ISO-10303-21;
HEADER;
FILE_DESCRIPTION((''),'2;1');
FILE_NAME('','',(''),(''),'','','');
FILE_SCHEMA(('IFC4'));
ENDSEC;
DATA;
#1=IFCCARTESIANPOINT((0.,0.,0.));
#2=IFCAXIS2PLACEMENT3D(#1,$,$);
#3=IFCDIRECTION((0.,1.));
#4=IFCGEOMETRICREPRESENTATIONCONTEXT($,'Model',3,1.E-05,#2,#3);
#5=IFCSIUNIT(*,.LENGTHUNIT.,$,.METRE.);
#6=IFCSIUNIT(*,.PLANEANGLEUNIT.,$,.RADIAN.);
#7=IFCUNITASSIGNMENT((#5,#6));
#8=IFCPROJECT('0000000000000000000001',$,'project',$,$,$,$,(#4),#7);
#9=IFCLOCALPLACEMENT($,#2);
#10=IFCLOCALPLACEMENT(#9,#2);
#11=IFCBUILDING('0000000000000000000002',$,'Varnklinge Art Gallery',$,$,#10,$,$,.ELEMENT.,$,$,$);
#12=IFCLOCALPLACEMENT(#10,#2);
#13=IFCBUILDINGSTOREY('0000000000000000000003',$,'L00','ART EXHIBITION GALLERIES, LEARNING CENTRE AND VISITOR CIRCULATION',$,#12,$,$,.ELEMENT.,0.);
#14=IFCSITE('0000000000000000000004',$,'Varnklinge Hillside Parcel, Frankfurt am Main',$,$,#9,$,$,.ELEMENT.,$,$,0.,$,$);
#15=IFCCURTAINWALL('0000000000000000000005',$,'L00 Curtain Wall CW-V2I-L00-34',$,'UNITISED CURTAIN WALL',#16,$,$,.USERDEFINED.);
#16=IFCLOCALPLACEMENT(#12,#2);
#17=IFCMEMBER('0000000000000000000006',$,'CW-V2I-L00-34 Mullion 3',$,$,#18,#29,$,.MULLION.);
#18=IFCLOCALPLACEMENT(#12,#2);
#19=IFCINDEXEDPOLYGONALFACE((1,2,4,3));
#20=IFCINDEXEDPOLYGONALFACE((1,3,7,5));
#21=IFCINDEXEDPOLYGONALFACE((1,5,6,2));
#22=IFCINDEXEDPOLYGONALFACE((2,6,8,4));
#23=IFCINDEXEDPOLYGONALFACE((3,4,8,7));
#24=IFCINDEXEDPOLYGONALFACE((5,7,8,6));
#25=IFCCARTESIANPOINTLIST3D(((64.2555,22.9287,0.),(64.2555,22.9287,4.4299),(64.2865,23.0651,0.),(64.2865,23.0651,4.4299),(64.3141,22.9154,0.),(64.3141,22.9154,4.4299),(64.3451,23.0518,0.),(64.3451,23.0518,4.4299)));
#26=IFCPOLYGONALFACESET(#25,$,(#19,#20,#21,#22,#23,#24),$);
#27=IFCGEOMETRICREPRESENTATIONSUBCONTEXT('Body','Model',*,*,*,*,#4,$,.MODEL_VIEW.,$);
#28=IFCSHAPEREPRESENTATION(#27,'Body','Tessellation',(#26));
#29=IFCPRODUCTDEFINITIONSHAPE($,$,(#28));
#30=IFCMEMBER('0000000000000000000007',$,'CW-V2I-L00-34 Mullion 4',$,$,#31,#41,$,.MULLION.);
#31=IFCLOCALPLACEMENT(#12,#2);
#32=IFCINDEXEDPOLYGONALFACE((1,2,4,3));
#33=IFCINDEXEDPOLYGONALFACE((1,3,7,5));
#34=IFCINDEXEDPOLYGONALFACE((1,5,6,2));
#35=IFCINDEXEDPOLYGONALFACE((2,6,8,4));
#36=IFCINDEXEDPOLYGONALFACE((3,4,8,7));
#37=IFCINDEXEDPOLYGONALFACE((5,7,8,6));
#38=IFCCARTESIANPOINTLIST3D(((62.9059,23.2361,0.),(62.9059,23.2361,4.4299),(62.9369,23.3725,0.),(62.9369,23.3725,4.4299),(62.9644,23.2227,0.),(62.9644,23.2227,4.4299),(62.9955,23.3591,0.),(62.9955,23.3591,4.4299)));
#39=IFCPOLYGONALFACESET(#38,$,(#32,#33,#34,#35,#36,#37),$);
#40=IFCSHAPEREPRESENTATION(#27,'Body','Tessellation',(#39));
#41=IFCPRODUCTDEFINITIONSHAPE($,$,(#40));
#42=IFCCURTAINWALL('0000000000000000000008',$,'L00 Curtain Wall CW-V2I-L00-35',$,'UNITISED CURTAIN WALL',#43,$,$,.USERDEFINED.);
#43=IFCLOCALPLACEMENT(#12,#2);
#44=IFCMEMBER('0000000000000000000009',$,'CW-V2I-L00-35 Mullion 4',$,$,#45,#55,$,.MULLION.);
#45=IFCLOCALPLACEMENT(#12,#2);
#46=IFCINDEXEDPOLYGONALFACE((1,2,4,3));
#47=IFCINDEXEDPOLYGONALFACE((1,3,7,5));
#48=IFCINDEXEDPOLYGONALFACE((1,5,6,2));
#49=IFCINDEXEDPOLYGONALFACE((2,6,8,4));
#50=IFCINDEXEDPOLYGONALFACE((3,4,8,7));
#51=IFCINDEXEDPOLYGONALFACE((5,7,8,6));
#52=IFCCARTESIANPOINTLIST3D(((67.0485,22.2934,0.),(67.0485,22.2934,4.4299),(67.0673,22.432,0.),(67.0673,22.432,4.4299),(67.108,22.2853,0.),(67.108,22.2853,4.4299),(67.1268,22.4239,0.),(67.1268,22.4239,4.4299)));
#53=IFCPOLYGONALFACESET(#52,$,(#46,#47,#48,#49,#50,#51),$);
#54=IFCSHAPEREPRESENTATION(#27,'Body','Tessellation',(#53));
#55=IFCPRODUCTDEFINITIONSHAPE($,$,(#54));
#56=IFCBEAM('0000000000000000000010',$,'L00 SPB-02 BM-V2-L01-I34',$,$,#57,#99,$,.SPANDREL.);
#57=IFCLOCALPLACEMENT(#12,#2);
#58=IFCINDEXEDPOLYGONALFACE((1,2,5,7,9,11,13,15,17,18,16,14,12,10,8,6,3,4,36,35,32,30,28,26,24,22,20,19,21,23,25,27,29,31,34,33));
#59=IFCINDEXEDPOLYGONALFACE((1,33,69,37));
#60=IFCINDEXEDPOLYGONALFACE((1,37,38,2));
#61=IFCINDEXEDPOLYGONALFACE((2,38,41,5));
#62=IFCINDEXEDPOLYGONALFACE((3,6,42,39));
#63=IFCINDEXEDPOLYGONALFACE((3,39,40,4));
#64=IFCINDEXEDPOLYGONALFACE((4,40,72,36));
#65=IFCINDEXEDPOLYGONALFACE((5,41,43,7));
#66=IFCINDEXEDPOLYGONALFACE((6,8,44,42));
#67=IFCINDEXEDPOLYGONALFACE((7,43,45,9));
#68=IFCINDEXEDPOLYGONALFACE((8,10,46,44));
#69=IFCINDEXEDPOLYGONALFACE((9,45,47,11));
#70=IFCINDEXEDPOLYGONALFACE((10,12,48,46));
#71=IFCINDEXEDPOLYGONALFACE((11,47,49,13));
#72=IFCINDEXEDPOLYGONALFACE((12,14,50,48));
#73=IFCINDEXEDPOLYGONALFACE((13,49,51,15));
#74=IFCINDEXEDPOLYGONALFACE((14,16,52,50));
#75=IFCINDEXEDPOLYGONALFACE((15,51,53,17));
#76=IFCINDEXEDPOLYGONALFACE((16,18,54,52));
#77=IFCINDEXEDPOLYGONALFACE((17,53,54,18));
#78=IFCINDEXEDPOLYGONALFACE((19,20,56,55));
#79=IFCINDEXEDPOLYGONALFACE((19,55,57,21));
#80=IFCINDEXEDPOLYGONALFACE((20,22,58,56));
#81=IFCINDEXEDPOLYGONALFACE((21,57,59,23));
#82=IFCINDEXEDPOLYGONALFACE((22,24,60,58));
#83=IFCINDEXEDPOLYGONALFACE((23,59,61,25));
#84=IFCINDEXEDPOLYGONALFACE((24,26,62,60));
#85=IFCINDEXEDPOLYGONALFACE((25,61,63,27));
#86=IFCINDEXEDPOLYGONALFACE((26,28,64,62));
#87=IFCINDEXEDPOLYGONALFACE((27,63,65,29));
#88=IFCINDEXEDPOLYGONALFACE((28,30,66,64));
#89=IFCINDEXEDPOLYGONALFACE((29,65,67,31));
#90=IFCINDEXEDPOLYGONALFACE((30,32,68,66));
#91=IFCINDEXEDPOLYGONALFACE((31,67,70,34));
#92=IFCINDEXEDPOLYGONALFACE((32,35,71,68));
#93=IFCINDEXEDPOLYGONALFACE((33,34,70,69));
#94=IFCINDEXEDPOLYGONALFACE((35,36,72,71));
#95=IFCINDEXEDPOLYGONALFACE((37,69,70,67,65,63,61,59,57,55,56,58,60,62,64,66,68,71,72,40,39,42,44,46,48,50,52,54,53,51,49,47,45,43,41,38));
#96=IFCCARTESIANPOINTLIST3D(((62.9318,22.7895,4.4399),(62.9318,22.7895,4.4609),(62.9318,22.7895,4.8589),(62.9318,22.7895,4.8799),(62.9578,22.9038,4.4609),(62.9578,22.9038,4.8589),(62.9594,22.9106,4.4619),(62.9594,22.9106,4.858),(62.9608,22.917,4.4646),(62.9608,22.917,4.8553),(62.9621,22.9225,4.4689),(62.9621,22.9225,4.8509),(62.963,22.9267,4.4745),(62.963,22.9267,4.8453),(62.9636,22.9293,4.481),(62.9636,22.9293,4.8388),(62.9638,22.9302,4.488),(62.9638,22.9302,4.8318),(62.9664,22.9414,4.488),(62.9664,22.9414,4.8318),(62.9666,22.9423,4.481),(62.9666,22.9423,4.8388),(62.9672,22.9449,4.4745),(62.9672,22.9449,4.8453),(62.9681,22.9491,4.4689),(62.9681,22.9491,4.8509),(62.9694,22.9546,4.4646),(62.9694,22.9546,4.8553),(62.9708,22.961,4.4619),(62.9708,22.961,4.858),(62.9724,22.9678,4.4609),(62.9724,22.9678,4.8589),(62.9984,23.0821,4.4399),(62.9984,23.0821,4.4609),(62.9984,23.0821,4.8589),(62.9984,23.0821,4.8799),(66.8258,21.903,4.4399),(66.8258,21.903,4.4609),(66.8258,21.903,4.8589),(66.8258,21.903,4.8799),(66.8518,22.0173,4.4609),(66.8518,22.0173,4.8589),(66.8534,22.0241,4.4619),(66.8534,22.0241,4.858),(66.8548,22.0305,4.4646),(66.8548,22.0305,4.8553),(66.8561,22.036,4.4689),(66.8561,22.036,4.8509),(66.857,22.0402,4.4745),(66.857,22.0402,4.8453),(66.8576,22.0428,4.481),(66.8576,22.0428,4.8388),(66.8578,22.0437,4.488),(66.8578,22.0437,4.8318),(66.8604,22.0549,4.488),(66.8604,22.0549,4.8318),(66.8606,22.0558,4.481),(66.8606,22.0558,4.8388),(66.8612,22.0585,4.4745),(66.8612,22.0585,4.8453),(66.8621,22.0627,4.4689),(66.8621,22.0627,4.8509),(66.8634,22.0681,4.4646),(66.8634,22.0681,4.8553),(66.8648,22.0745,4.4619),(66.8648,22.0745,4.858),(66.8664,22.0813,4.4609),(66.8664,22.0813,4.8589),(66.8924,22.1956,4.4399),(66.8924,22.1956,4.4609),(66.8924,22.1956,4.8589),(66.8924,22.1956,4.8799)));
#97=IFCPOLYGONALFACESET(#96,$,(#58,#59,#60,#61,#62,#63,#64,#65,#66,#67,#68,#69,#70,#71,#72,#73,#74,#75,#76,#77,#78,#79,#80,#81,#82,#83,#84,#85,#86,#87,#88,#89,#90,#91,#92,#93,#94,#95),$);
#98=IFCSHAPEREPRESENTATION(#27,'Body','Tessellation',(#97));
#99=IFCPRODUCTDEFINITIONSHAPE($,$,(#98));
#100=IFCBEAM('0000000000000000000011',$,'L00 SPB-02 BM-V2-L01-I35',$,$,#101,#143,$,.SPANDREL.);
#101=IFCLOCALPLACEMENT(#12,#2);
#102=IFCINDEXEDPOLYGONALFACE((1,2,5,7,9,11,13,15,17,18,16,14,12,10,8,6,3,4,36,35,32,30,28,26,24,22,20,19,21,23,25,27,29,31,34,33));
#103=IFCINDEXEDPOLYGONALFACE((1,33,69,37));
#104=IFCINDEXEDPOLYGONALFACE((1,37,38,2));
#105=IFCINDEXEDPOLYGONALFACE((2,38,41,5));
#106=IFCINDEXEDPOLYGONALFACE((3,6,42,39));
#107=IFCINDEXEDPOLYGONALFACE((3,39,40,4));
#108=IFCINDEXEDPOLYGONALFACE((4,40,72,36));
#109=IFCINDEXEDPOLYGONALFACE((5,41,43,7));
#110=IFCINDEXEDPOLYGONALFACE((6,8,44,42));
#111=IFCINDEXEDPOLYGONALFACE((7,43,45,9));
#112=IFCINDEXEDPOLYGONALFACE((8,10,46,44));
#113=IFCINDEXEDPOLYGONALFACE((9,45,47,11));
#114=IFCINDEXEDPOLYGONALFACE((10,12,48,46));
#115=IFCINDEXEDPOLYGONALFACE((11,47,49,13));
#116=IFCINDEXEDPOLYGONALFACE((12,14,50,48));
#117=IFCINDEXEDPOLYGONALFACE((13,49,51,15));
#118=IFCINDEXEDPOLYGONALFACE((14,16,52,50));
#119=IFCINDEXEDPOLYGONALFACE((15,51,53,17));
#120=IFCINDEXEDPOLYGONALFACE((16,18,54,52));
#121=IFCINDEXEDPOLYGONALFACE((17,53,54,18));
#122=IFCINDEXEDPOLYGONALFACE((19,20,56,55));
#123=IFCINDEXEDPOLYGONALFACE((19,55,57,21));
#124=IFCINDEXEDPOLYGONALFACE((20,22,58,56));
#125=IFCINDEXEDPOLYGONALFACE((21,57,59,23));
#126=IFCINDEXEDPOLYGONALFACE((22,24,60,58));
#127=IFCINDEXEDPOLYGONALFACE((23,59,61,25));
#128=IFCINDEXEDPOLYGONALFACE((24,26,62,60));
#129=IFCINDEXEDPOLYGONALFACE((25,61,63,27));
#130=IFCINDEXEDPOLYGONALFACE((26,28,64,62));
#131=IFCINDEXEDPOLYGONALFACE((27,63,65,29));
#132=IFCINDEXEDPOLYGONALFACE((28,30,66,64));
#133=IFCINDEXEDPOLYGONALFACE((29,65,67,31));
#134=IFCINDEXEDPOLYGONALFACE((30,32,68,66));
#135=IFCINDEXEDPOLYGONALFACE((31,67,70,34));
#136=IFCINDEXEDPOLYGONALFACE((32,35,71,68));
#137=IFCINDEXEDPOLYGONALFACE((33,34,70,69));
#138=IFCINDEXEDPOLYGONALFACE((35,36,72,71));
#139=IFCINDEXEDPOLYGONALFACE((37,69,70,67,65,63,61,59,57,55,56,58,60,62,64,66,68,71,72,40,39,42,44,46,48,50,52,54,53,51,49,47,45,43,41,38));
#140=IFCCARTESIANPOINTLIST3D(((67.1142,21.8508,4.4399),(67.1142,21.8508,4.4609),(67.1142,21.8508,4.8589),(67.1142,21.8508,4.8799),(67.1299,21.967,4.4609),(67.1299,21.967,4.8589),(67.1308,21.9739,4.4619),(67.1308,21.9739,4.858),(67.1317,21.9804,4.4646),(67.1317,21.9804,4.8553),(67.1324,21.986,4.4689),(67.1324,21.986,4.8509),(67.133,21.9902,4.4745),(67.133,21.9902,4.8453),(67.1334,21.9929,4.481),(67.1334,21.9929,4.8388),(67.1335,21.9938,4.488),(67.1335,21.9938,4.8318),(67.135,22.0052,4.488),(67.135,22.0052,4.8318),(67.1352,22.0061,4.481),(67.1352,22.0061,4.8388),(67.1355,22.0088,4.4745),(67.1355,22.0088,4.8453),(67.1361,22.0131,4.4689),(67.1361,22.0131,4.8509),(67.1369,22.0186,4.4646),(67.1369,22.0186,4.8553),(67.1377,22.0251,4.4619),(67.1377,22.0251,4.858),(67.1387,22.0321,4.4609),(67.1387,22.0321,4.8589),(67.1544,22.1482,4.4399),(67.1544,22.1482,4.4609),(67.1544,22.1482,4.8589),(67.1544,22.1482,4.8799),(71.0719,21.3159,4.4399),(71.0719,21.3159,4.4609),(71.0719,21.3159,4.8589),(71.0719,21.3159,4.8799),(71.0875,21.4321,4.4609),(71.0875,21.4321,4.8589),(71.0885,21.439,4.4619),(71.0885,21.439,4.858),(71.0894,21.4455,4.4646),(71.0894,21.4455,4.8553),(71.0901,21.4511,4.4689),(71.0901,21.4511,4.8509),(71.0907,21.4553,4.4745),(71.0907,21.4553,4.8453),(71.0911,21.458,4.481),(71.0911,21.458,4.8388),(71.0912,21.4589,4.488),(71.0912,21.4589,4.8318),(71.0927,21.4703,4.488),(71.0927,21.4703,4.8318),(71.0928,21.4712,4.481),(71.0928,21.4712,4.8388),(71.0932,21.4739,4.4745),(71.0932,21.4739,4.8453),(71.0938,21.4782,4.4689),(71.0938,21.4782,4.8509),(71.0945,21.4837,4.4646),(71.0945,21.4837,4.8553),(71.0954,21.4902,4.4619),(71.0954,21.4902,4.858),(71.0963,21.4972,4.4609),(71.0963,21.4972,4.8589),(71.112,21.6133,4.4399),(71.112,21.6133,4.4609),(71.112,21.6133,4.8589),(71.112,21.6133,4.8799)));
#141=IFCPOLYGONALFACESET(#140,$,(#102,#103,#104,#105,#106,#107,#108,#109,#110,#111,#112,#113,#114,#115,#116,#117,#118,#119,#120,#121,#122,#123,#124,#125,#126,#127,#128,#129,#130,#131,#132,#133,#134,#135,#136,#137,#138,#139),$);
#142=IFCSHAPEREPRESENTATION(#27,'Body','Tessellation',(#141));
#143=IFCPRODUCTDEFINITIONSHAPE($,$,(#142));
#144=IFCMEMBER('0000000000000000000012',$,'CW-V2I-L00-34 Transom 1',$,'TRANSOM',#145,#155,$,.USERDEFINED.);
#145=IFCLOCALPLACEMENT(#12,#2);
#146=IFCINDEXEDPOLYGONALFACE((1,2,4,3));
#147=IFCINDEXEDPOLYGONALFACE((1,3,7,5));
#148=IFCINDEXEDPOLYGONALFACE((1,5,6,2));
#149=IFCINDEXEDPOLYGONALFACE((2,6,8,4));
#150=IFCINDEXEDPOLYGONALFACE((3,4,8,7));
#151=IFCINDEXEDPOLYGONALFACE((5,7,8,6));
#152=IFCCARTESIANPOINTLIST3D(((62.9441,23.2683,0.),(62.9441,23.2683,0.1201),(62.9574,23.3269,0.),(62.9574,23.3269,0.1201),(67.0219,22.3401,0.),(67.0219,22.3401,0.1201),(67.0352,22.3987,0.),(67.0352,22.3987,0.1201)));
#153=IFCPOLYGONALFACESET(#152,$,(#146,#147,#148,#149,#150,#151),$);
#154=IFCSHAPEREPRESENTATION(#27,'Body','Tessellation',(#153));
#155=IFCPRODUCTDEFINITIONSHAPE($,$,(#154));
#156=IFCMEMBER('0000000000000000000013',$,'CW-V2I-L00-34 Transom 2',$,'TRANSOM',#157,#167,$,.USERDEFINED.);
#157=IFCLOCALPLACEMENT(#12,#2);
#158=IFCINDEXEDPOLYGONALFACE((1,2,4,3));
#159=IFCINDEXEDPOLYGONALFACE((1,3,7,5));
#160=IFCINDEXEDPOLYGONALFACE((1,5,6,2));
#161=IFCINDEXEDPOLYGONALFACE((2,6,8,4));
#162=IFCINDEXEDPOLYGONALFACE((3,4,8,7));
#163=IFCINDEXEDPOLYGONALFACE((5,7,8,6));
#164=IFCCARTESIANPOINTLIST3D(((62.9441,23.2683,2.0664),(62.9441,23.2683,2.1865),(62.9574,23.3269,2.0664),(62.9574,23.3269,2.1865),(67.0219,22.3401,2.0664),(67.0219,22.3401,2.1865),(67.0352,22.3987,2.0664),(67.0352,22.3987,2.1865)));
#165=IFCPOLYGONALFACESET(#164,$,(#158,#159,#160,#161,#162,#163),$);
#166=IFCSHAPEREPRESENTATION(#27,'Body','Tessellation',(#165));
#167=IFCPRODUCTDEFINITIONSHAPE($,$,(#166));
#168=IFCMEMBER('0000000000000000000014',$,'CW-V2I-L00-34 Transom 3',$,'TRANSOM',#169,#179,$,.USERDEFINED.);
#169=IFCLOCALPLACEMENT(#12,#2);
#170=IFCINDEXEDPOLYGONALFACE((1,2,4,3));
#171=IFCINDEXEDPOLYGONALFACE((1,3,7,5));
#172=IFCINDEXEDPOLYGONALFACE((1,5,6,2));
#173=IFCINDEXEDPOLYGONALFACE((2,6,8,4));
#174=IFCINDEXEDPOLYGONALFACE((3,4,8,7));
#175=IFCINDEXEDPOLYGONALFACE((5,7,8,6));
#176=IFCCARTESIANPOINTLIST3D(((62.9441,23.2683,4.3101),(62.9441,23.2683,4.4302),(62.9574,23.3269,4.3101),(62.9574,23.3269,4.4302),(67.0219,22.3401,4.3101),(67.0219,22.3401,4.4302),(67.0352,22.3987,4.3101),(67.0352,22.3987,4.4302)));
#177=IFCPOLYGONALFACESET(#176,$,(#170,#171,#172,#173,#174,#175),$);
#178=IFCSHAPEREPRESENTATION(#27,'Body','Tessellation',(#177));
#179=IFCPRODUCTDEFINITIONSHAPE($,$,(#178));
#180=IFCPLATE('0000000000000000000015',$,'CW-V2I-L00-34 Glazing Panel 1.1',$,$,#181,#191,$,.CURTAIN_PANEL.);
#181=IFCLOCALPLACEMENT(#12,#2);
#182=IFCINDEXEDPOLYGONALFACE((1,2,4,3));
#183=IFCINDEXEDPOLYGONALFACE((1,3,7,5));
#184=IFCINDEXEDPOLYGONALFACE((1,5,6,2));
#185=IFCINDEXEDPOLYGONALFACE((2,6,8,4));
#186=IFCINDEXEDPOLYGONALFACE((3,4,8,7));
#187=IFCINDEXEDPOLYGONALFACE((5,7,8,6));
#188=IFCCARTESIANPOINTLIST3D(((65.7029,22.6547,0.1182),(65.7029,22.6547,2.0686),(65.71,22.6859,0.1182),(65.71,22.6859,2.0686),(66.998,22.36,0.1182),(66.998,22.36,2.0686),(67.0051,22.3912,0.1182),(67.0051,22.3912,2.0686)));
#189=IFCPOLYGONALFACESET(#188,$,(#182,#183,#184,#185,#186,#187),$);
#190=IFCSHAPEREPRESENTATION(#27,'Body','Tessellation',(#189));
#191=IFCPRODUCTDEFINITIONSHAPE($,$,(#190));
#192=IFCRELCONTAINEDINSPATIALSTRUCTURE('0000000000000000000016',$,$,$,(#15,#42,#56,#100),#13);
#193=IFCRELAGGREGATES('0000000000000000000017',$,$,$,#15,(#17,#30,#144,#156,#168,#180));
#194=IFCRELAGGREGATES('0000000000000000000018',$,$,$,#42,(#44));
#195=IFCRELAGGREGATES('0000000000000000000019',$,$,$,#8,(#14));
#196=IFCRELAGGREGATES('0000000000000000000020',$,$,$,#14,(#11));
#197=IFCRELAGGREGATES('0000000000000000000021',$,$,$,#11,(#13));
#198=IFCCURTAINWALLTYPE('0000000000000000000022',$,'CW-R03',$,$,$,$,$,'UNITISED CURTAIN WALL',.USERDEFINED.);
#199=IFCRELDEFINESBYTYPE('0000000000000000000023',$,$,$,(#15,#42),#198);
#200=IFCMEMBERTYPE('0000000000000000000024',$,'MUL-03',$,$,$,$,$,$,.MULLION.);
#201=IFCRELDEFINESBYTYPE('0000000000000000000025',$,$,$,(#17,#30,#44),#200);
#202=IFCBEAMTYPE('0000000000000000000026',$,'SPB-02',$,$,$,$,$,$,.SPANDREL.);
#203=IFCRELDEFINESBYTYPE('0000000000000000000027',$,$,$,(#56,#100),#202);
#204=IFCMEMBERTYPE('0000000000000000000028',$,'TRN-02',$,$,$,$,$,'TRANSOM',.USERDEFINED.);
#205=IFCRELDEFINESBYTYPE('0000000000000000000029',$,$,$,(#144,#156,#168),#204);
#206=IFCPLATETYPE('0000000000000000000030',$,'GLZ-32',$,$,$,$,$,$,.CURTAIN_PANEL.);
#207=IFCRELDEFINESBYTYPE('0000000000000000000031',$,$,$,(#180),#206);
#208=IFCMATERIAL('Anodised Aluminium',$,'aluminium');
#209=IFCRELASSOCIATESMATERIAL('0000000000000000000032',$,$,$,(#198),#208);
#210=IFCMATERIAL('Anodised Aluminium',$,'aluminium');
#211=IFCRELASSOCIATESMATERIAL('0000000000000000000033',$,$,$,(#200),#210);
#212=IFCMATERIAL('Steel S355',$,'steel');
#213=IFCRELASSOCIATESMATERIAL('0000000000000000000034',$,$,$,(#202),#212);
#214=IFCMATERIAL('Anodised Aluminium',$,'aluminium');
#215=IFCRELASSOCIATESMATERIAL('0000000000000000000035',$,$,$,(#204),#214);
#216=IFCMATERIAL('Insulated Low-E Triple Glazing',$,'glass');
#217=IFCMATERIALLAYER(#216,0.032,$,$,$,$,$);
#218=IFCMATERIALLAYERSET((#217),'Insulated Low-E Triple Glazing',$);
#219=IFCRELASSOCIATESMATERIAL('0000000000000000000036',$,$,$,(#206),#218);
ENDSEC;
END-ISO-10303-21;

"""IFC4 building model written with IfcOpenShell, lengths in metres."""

from ifc_helpers import new_model, si_unit, direction, frame, origin, origin_2d, place, context, subcontext, project, spatial, rectangle, i_section, extrude, material, layer, layer_set, material_profile, profile_set, type_object, element, aggregate, save


model = new_model("IFC4")

# Units and contexts
model_context = context("Model", 3, precision=1e-05, world=origin(), true_north=direction((0.0, 1.0)))
body_context = subcontext(model_context, "Body", "Model", "MODEL_VIEW")
ifc_project = project(units=[si_unit("LENGTHUNIT", "METRE"), si_unit("PLANEANGLEUNIT", "RADIAN")], contexts=[model_context])

# Site, building, storey
site_placement = place(None, origin())
site = spatial("IfcSite", under=ifc_project, at=site_placement, Name="Varnklinge Hillside Parcel, Frankfurt am Main", CompositionType="ELEMENT", RefElevation=0.0)
building_placement = place(site_placement, origin())
building = spatial("IfcBuilding", under=site, at=building_placement, Name="Varnklinge Art Gallery", CompositionType="ELEMENT")
storey_placement = place(building_placement, origin())
storey = spatial("IfcBuildingStorey", under=building, at=storey_placement, Name="L00", Description="ART EXHIBITION GALLERIES, LEARNING CENTRE AND VISITOR CIRCULATION", CompositionType="ELEMENT", Elevation=0.0)

# Curtain wall, members
ifc_material_1 = material(Name="Anodised Aluminium", Category="aluminium")
curtain_wall_type = type_object("IfcCurtainWallType", Name="CW-R03", ElementType="UNITISED CURTAIN WALL", PredefinedType="USERDEFINED", material=ifc_material_1)
curtain_wall_1_placement = place(storey_placement, origin())
curtain_wall_1 = element("IfcCurtainWall", 1, at=curtain_wall_1_placement, inside=storey, type_object=curtain_wall_type, Name="L00 Curtain Wall CW-V2I-L00-34", ObjectType="UNITISED CURTAIN WALL", PredefinedType="USERDEFINED")
ifc_material_2 = material(Name="Anodised Aluminium", Category="aluminium")
ifc_material_profile_1 = material_profile(ifc_material_2, rectangle(XDim=0.0601, YDim=0.1399, at=origin_2d()), Name="ALU 60x140")
ifc_profile_set_1 = profile_set([ifc_material_profile_1], Name="Anodised Aluminium")
member_type_1 = type_object("IfcMemberType", Name="MUL-03", PredefinedType="MULLION", material=ifc_profile_set_1)
member_1_placement = place(storey_placement, frame((64.3003, 22.9902, 0.0), z_axis=(0.0, 0.0, 1.0), x_axis=(-0.975072, 0.221889, 0.0)))
member_1 = element("IfcMember", 2, at=member_1_placement, type_object=member_type_1, Name="CW-V2I-L00-34 Mullion 3", PredefinedType="MULLION", context=body_context, shape_type="SweptSolid", body=[
    extrude(rectangle(XDim=0.0601, YDim=0.1399, at=origin_2d()), origin(), (0.0, 0.0, 1.0), 4.4299),
])
member_2_placement = place(storey_placement, frame((62.9507, 23.2976, 0.0), z_axis=(0.0, 0.0, 1.0), x_axis=(-0.975072, 0.221889, 0.0)))
member_2 = element("IfcMember", 3, at=member_2_placement, type_object=member_type_1, Name="CW-V2I-L00-34 Mullion 4", PredefinedType="MULLION", context=body_context, shape_type="SweptSolid", body=[
    extrude(rectangle(XDim=0.0601, YDim=0.1399, at=origin_2d()), origin(), (0.0, 0.0, 1.0), 4.4299),
])

# Curtain wall, member
curtain_wall_2_placement = place(storey_placement, origin())
curtain_wall_2 = element("IfcCurtainWall", 4, at=curtain_wall_2_placement, inside=storey, type_object=curtain_wall_type, Name="L00 Curtain Wall CW-V2I-L00-35", ObjectType="UNITISED CURTAIN WALL", PredefinedType="USERDEFINED")
member_3_placement = place(storey_placement, frame((67.0876, 22.3586, 0.0), z_axis=(0.0, 0.0, 1.0), x_axis=(-0.990983, 0.133986, 0.0)))
member_3 = element("IfcMember", 5, at=member_3_placement, type_object=member_type_1, Name="CW-V2I-L00-35 Mullion 4", PredefinedType="MULLION", context=body_context, shape_type="SweptSolid", body=[
    extrude(rectangle(XDim=0.0601, YDim=0.1399, at=origin_2d()), origin(), (0.0, 0.0, 1.0), 4.4299),
])

# Beams
ifc_material_3 = material(Name="Steel S355", Category="steel")
ifc_material_profile_2 = material_profile(ifc_material_3, i_section(OverallWidth=0.3, OverallDepth=0.4399, WebThickness=0.0115, FlangeThickness=0.021, FilletRadius=0.0271, at=origin_2d()), Name="HEA 450")
ifc_profile_set_2 = profile_set([ifc_material_profile_2], Name="Steel S355")
beam_type_1 = type_object("IfcBeamType", Name="SPB-02", PredefinedType="SPANDREL", material=ifc_profile_set_2)
for number, where, z_axis, x_axis, name in (
    (6, (62.9651, 22.9358, 4.6599), (0.975054, -0.22197, 0.0), (0.22197, 0.975054, 0.0), "L00 SPB-02 BM-V2-L01-I34"),
    (7, (67.1343, 21.9995, 4.6599), (0.99099, -0.133937, 0.0), (0.133937, 0.99099, 0.0), "L00 SPB-02 BM-V2-L01-I35"),
):
    element("IfcBeam", number, at=place(storey_placement, frame(where, z_axis=z_axis, x_axis=x_axis)), inside=storey, type_object=beam_type_1, Name=name, PredefinedType="SPANDREL", context=body_context, shape_type="SweptSolid", body=[
        extrude(i_section(OverallWidth=0.3, OverallDepth=0.4399, WebThickness=0.0115, FlangeThickness=0.021, FilletRadius=0.0271, at=origin_2d()), origin(), (0.0, 0.0, 1.0), 3.9937),
    ])

# Members
ifc_material_4 = material(Name="Anodised Aluminium", Category="aluminium")
ifc_material_profile_3 = material_profile(ifc_material_4, rectangle(XDim=0.0601, YDim=0.1201, at=origin_2d()), Name="ALU 60x120")
ifc_profile_set_3 = profile_set([ifc_material_profile_3], Name="Anodised Aluminium")
member_type_2 = type_object("IfcMemberType", Name="TRN-02", ElementType="TRANSOM", PredefinedType="USERDEFINED", material=ifc_profile_set_3)
member_4_placement = place(storey_placement, frame((67.0286, 22.3694, 0.0601), z_axis=(-0.975059, 0.221947, 0.0), x_axis=(-0.221947, -0.975059, 0.0)))
member_4 = element("IfcMember", 8, at=member_4_placement, type_object=member_type_2, Name="CW-V2I-L00-34 Transom 1", ObjectType="TRANSOM", PredefinedType="USERDEFINED", context=body_context, shape_type="SweptSolid", body=[
    extrude(rectangle(XDim=0.0601, YDim=0.1201, at=origin_2d()), origin(), (0.0, 0.0, 1.0), 4.1821),
])
member_5_placement = place(storey_placement, frame((67.0286, 22.3694, 2.1265), z_axis=(-0.975059, 0.221947, 0.0), x_axis=(-0.221947, -0.975059, 0.0)))
member_5 = element("IfcMember", 9, at=member_5_placement, type_object=member_type_2, Name="CW-V2I-L00-34 Transom 2", ObjectType="TRANSOM", PredefinedType="USERDEFINED", context=body_context, shape_type="SweptSolid", body=[
    extrude(rectangle(XDim=0.0601, YDim=0.1201, at=origin_2d()), origin(), (0.0, 0.0, 1.0), 4.1821),
])
member_6_placement = place(storey_placement, frame((67.0286, 22.3694, 4.3701), z_axis=(-0.975059, 0.221947, 0.0), x_axis=(-0.221947, -0.975059, 0.0)))
member_6 = element("IfcMember", 10, at=member_6_placement, type_object=member_type_2, Name="CW-V2I-L00-34 Transom 3", ObjectType="TRANSOM", PredefinedType="USERDEFINED", context=body_context, shape_type="SweptSolid", body=[
    extrude(rectangle(XDim=0.0601, YDim=0.1201, at=origin_2d()), origin(), (0.0, 0.0, 1.0), 4.1821),
])

# Plate
ifc_material_5 = material(Name="Insulated Low-E Triple Glazing", Category="glass")
ifc_layer_1 = layer(ifc_material_5, 0.032)
ifc_layer_set_1 = layer_set([ifc_layer_1], Name="Insulated Low-E Triple Glazing")
plate_type = type_object("IfcPlateType", Name="GLZ-32", PredefinedType="CURTAIN_PANEL", material=ifc_layer_set_1)
plate_1_placement = place(storey_placement, frame((66.354, 22.5229, 0.1182), z_axis=(0.0, 0.0, 1.0), x_axis=(-0.975072, 0.221889, 0.0)))
plate_1 = element("IfcPlate", 11, at=plate_1_placement, type_object=plate_type, Name="CW-V2I-L00-34 Glazing Panel 1.1", PredefinedType="CURTAIN_PANEL", context=body_context, shape_type="SweptSolid", body=[
    extrude(rectangle(XDim=1.3281, YDim=0.032, at=origin_2d()), origin(), (0.0, 0.0, 1.0), 1.9504),
])
aggregate(curtain_wall_1, [member_1, member_2, member_4, member_5, member_6, plate_1])
aggregate(curtain_wall_2, [member_3])

save(model, "model.ifc")
